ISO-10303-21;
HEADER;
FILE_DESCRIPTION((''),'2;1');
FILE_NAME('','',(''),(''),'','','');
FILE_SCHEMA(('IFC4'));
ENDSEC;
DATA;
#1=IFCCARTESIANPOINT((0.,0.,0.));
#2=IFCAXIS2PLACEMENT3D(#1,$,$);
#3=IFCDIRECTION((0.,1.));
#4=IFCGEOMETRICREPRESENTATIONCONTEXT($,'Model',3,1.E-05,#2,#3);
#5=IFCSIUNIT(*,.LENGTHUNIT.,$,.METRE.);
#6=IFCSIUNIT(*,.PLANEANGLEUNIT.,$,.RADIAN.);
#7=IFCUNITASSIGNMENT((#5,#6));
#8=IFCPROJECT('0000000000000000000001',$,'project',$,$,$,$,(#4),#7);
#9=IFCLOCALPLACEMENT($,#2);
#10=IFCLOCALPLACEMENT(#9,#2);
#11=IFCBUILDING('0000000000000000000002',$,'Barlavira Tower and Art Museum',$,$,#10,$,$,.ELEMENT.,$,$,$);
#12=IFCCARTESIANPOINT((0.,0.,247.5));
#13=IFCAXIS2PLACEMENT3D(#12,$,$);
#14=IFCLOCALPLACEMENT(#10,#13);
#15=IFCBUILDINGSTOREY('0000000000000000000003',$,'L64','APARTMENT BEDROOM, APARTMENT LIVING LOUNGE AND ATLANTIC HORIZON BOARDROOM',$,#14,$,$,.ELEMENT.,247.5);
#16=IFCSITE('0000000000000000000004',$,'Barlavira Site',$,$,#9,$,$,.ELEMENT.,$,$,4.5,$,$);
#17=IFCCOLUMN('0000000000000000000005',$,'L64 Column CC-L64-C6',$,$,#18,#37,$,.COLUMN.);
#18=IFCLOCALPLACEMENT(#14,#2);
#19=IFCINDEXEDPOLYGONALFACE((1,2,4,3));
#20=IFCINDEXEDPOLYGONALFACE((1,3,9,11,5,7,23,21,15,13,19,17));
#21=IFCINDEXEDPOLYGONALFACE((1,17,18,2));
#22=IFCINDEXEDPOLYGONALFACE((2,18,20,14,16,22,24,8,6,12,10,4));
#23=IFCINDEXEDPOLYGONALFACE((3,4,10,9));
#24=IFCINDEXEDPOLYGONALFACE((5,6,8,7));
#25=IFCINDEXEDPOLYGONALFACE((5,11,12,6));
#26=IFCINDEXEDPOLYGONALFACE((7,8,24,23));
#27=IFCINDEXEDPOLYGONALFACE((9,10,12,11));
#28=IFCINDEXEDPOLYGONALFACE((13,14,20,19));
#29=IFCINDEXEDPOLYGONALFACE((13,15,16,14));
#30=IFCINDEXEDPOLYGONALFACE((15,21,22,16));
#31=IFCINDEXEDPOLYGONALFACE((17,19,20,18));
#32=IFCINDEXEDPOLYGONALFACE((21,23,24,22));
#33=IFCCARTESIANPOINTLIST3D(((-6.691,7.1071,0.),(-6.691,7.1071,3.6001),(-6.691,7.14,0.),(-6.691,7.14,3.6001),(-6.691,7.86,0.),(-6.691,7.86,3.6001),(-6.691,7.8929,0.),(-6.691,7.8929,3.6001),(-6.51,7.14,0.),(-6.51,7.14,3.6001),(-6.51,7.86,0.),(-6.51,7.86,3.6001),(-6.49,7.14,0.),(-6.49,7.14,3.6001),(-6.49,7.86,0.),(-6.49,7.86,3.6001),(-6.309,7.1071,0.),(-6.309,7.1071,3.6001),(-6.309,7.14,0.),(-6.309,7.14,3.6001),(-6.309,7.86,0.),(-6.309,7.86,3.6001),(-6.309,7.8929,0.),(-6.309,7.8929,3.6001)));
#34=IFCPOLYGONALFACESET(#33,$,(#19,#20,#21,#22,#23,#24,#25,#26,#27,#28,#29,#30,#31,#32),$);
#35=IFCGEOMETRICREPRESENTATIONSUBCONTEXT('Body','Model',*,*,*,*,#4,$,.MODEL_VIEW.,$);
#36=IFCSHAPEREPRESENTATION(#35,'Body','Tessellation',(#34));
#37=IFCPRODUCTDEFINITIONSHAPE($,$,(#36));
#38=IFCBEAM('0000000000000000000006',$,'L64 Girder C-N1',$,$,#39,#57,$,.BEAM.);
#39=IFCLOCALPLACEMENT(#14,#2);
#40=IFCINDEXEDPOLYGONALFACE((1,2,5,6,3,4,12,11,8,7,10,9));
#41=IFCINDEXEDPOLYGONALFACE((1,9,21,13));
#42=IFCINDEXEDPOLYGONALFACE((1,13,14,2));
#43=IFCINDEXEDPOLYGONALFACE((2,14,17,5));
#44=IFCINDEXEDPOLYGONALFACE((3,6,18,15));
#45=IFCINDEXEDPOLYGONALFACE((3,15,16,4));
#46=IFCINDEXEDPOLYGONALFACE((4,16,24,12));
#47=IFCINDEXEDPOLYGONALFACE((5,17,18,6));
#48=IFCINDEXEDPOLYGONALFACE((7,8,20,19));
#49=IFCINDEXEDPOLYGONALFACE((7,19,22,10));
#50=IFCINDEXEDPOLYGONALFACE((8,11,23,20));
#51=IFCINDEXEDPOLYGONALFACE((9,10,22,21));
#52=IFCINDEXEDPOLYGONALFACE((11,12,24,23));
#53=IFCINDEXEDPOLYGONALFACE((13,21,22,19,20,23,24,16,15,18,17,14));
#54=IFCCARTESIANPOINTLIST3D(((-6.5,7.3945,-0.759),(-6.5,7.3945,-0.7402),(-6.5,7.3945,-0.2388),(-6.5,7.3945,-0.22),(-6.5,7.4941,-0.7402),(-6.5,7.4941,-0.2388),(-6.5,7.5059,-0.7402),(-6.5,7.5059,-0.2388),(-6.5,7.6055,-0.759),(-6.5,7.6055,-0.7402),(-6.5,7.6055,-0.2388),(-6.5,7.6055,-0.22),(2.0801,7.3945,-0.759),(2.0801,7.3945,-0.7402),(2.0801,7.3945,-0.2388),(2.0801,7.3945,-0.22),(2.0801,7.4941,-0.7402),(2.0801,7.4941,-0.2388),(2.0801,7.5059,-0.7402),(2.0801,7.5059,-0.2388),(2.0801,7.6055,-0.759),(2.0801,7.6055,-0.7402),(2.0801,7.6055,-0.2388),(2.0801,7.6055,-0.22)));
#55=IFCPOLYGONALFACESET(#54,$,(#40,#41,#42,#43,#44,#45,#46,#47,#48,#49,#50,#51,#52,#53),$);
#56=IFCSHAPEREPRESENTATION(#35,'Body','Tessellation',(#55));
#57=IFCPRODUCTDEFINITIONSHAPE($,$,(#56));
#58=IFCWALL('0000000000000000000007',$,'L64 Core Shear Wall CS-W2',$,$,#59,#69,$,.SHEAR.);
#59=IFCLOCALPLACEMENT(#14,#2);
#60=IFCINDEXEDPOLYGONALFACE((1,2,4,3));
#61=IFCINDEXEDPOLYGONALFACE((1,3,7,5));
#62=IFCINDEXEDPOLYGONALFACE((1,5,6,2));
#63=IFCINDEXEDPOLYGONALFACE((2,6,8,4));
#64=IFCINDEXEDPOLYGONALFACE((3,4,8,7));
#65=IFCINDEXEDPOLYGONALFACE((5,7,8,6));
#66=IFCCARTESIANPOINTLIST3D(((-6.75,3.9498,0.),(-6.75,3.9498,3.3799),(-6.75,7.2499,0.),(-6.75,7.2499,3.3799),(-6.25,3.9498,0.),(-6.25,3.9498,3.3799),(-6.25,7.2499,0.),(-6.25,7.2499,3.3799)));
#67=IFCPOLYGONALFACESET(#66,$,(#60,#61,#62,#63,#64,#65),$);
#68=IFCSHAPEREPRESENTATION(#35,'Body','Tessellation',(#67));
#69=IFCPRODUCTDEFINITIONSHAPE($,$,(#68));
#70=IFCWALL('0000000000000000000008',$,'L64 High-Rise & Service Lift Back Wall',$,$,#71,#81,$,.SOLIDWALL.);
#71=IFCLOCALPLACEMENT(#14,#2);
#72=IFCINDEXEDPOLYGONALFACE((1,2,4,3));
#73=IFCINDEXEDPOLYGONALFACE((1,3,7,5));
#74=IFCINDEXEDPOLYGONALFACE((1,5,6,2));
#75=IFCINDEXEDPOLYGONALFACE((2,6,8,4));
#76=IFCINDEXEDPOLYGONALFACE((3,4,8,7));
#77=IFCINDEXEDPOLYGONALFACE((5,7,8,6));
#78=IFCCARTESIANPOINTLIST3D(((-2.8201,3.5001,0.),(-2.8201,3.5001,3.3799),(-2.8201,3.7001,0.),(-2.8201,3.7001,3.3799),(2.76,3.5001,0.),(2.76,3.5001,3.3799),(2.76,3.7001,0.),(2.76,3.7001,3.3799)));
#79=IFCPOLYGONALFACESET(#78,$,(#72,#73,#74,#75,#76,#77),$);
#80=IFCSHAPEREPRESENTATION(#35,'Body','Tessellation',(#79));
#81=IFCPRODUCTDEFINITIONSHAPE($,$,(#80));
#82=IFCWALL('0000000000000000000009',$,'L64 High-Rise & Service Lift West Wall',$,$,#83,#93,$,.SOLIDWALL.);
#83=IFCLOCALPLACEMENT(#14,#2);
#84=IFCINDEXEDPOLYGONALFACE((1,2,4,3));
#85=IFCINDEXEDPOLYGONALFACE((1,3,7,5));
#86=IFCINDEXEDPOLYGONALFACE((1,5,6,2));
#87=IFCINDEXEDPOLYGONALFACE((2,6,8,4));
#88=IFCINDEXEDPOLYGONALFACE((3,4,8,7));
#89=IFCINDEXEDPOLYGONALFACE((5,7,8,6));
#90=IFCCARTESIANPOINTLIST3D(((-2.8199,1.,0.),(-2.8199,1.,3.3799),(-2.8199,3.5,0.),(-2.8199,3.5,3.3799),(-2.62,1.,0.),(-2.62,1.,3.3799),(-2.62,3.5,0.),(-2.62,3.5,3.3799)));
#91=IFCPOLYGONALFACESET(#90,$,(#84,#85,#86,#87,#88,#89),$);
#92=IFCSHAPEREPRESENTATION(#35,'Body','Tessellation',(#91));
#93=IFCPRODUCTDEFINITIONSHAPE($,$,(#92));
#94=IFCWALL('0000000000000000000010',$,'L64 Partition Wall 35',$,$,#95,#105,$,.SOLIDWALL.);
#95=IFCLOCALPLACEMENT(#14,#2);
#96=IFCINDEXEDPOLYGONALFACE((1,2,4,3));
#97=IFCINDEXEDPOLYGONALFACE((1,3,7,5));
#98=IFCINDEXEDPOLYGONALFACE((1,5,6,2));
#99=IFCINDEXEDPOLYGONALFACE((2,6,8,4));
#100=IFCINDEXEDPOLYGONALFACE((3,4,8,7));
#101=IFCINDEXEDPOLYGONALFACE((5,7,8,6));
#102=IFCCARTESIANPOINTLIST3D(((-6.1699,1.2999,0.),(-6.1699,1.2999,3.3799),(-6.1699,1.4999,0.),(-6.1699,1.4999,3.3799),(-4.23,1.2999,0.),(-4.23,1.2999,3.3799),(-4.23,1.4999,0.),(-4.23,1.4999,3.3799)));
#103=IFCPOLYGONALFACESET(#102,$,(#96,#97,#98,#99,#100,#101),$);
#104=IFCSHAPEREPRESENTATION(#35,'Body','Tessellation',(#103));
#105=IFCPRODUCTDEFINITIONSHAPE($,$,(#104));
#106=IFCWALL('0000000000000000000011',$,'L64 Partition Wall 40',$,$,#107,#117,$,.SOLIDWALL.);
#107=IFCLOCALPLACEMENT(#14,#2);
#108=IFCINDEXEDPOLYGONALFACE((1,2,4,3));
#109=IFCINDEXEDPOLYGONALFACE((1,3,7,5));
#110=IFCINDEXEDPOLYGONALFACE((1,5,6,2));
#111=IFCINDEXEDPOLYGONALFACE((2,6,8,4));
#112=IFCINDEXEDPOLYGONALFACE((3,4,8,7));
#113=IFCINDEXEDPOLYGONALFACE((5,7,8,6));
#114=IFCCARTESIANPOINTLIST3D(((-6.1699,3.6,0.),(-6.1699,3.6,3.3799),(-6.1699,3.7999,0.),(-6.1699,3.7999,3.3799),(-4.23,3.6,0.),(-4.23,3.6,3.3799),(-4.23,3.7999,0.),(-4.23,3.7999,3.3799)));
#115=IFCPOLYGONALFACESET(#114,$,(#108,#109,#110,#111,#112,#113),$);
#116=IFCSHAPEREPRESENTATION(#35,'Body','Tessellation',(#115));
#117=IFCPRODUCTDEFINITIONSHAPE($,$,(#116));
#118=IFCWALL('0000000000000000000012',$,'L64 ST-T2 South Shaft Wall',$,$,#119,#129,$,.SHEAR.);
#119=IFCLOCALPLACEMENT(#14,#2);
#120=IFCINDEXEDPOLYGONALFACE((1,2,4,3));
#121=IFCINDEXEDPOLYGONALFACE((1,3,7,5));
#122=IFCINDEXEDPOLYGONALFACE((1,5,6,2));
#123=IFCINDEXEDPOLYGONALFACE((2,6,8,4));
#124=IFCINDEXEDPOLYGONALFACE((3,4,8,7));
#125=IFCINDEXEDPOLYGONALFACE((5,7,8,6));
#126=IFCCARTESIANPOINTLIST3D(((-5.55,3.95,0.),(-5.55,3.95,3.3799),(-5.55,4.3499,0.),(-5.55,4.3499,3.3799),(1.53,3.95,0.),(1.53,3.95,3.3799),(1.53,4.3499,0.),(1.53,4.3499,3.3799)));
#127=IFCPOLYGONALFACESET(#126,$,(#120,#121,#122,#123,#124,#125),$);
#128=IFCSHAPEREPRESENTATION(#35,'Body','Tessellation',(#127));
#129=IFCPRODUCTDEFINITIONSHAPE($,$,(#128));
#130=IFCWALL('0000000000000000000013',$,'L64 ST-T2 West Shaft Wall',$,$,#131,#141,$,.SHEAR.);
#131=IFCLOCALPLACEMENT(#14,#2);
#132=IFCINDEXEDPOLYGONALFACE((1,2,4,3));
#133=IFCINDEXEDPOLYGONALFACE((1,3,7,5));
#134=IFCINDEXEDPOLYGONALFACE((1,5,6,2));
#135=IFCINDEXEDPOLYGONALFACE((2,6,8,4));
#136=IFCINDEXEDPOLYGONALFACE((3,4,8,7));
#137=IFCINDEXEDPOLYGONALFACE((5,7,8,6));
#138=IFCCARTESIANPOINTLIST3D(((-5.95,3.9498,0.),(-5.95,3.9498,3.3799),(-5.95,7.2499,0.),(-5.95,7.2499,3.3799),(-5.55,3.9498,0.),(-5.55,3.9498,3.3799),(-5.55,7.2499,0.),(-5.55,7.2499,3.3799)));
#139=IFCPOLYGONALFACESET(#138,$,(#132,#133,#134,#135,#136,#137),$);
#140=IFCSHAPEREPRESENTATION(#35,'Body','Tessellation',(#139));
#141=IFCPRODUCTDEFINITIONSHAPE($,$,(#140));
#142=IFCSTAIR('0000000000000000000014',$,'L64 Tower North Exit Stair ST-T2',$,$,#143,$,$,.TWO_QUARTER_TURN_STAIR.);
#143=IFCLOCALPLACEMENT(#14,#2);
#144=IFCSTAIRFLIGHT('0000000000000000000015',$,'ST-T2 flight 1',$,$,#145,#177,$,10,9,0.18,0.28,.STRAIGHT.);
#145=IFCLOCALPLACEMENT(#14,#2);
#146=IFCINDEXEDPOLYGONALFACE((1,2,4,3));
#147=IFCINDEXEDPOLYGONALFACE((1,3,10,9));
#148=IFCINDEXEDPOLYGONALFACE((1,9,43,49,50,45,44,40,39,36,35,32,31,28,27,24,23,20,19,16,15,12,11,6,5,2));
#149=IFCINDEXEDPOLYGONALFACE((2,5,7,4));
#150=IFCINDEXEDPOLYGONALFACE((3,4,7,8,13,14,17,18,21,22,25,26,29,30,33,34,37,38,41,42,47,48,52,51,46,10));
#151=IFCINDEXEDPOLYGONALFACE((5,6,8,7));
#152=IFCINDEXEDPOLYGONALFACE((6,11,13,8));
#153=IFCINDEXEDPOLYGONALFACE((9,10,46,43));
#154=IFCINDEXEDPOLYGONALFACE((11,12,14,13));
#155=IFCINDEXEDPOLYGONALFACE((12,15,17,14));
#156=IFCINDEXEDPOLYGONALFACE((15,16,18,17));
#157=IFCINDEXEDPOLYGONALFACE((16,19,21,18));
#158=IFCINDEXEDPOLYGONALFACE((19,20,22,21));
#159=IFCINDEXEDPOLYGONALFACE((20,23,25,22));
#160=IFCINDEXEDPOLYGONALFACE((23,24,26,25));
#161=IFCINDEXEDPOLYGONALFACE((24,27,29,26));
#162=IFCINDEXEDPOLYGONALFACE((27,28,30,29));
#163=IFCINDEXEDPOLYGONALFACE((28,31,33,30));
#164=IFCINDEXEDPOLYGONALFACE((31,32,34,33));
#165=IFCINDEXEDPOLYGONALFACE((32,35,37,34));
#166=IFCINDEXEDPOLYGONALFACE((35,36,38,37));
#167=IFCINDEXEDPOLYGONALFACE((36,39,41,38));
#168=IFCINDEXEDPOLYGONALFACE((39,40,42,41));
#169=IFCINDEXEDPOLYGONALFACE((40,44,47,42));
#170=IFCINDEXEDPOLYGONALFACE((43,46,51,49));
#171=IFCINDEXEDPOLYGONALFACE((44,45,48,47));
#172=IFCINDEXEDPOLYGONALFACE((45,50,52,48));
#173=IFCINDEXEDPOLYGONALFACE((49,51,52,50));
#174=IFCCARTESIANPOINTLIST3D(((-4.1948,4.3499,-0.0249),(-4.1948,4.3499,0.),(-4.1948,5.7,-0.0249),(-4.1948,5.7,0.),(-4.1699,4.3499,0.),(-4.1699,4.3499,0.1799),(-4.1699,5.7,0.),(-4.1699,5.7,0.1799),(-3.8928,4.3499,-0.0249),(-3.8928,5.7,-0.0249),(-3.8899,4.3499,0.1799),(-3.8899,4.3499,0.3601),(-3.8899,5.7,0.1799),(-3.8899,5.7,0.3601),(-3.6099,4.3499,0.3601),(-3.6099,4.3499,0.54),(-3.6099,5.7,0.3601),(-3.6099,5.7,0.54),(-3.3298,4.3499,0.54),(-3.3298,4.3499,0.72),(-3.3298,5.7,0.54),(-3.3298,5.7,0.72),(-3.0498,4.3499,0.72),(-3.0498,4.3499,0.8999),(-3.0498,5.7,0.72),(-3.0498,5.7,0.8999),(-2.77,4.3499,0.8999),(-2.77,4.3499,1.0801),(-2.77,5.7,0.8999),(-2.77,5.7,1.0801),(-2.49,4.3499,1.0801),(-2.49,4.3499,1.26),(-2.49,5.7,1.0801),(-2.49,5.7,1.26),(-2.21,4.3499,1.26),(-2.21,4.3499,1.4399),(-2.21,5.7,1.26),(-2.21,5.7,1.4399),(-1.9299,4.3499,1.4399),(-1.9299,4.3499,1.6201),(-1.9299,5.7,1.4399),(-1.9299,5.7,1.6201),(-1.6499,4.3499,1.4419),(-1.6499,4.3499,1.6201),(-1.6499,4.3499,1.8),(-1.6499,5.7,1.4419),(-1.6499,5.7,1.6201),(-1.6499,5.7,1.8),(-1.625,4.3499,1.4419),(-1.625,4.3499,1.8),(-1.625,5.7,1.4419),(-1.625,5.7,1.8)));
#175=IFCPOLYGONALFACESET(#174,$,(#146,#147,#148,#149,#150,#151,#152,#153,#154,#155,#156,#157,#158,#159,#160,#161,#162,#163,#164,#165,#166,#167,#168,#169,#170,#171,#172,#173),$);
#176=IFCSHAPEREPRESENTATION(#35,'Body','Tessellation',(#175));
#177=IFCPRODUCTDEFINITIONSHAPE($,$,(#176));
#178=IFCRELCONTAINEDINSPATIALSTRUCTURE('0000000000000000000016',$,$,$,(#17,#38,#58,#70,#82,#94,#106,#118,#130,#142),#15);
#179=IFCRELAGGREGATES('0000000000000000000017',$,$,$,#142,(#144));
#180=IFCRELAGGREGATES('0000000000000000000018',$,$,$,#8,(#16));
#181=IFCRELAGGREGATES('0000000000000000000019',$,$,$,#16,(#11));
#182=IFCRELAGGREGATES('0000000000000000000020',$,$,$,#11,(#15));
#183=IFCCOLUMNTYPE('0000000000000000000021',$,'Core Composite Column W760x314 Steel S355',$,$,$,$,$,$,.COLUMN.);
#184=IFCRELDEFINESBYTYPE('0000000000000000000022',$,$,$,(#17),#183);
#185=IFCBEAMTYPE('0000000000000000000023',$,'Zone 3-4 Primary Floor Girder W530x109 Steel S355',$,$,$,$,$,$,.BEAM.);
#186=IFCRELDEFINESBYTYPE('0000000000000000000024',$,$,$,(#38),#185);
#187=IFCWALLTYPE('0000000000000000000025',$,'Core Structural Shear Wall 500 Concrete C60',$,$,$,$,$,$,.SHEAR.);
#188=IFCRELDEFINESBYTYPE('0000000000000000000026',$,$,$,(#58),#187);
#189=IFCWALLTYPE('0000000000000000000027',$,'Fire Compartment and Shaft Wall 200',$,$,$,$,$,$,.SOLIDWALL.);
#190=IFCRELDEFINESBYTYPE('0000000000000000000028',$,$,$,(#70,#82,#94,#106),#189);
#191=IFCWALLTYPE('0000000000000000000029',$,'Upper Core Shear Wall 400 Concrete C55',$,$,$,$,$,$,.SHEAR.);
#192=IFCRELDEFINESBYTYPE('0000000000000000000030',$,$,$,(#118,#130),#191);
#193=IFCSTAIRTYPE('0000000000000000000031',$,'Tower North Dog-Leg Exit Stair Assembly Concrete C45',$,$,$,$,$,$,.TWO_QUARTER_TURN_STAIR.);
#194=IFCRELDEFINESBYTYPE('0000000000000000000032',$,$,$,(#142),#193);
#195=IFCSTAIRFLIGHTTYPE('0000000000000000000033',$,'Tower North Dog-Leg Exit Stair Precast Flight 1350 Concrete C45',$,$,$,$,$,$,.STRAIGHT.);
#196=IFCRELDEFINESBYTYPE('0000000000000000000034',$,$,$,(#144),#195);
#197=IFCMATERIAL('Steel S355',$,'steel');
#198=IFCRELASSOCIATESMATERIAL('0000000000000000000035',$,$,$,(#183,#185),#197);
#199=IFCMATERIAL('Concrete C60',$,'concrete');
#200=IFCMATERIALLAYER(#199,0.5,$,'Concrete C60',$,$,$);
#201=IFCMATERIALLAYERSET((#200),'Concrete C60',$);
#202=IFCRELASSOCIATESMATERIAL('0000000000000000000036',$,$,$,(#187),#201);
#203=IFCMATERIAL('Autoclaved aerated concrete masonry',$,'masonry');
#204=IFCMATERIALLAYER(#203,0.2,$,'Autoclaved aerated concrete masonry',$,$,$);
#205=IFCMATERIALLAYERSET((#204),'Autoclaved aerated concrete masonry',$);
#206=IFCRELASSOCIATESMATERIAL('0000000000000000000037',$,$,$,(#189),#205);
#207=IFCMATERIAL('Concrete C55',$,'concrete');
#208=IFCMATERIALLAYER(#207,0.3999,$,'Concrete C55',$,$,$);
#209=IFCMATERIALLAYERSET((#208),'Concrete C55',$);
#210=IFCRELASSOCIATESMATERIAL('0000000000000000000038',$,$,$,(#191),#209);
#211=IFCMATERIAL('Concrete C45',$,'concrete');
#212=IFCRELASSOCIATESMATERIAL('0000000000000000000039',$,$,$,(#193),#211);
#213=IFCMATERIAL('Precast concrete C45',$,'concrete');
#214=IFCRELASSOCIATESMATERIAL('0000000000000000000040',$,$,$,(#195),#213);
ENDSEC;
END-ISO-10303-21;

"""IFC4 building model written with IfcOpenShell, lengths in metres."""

from ifc_helpers import new_model, si_unit, direction, frame, frame_2d, origin, origin_2d, place, context, subcontext, project, spatial, polyline, rectangle, i_section, outline, extrude, material, layer, layer_set, material_profile, profile_set, type_object, element, aggregate, save


model = new_model("IFC4")

# Units and contexts
model_context = context("Model", 3, precision=1e-05, world=origin(), true_north=direction((0.0, 1.0)))
body_context = subcontext(model_context, "Body", "Model", "MODEL_VIEW")
ifc_project = project(units=[si_unit("LENGTHUNIT", "METRE"), si_unit("PLANEANGLEUNIT", "RADIAN")], contexts=[model_context])

# Site, building, storey
site_placement = place(None, origin())
site = spatial("IfcSite", under=ifc_project, at=site_placement, Name="Barlavira Site", CompositionType="ELEMENT", RefElevation=4.5)
building_placement = place(site_placement, origin())
building = spatial("IfcBuilding", under=site, at=building_placement, Name="Barlavira Tower and Art Museum", CompositionType="ELEMENT")
storey_placement = place(building_placement, frame((0.0, 0.0, 247.5)))
storey = spatial("IfcBuildingStorey", under=building, at=storey_placement, Name="L64", Description="APARTMENT BEDROOM, APARTMENT LIVING LOUNGE AND ATLANTIC HORIZON BOARDROOM", CompositionType="ELEMENT", Elevation=247.5)

# Column
ifc_material_1 = material(Name="Steel S355", Category="steel")
ifc_material_profile_1 = material_profile(ifc_material_1, i_section(OverallWidth=0.3821, OverallDepth=0.7859, WebThickness=0.02, FlangeThickness=0.033, at=origin_2d()), Name="W760x314.0")
ifc_profile_set_1 = profile_set([ifc_material_profile_1], Name="Steel S355")
column_type = type_object("IfcColumnType", Name="Core Composite Column W760x314 Steel S355", PredefinedType="COLUMN", material=ifc_profile_set_1)
column_placement = place(storey_placement, frame((-6.5, 7.5, 0.0), z_axis=(0.0, 0.0, 1.0), x_axis=(1.0, 0.0, 0.0)))
element("IfcColumn", 1, at=column_placement, inside=storey, type_object=column_type, Name="L64 Column CC-L64-C6", PredefinedType="COLUMN", context=body_context, shape_type="SweptSolid", body=[
    extrude(i_section(OverallWidth=0.3821, OverallDepth=0.7859, WebThickness=0.02, FlangeThickness=0.033, at=origin_2d()), origin(), (0.0, 0.0, 1.0), 3.6001),
])

# Beam
ifc_material_profile_2 = material_profile(ifc_material_1, i_section(OverallWidth=0.2109, OverallDepth=0.5391, WebThickness=0.0117, FlangeThickness=0.0188, at=origin_2d()), Name="W530x109.0")
ifc_profile_set_2 = profile_set([ifc_material_profile_2], Name="Steel S355")
beam_type = type_object("IfcBeamType", Name="Zone 3-4 Primary Floor Girder W530x109 Steel S355", PredefinedType="BEAM", material=ifc_profile_set_2)
beam_placement = place(storey_placement, frame((-6.5, 7.5, -0.4895), z_axis=(1.0, 0.0, 0.0), x_axis=(0.0, 1.0, 0.0)))
element("IfcBeam", 2, at=beam_placement, inside=storey, type_object=beam_type, Name="L64 Girder C-N1", PredefinedType="BEAM", context=body_context, shape_type="SweptSolid", body=[
    extrude(i_section(OverallWidth=0.2109, OverallDepth=0.5391, WebThickness=0.0117, FlangeThickness=0.0188, at=origin_2d()), origin(), (0.0, 0.0, 1.0), 8.5801),
])

# Shared definitions
ifc_material_2 = material(Name="Concrete C60", Category="concrete")
ifc_layer_1 = layer(ifc_material_2, 0.5, Name="Concrete C60")
ifc_layer_set_1 = layer_set([ifc_layer_1], Name="Concrete C60")
wall_type_1 = type_object("IfcWallType", Name="Core Structural Shear Wall 500 Concrete C60", PredefinedType="SHEAR", material=ifc_layer_set_1)

# Wall
wall_1_placement = place(storey_placement, frame((-6.5, 3.95, 0.0), z_axis=(0.0, 0.0, 1.0), x_axis=(0.0, 1.0, 0.0)))
element("IfcWall", 3, at=wall_1_placement, inside=storey, type_object=wall_type_1, Name="L64 Core Shear Wall CS-W2", PredefinedType="SHEAR", context=body_context, shape_type="SweptSolid", body=[
    extrude(rectangle(XDim=3.3, YDim=0.5, at=frame_2d((1.6499, 0.0))), origin(), (0.0, 0.0, 1.0), 3.3799),
])

# Shared definitions
ifc_material_3 = material(Name="Autoclaved aerated concrete masonry", Category="masonry")
ifc_layer_2 = layer(ifc_material_3, 0.2, Name="Autoclaved aerated concrete masonry")
ifc_layer_set_2 = layer_set([ifc_layer_2], Name="Autoclaved aerated concrete masonry")
wall_type_2 = type_object("IfcWallType", Name="Fire Compartment and Shaft Wall 200", PredefinedType="SOLIDWALL", material=ifc_layer_set_2)

# Walls
wall_2_placement = place(storey_placement, frame((-2.8201, 3.6001, 0.0), z_axis=(0.0, 0.0, 1.0), x_axis=(1.0, 0.0, 0.0)))
element("IfcWall", 4, at=wall_2_placement, inside=storey, type_object=wall_type_2, Name="L64 High-Rise & Service Lift Back Wall", PredefinedType="SOLIDWALL", context=body_context, shape_type="SweptSolid", body=[
    extrude(rectangle(XDim=5.5801, YDim=0.2, at=frame_2d((2.79, 0.0))), origin(), (0.0, 0.0, 1.0), 3.3799),
])
wall_3_placement = place(storey_placement, frame((-2.72, 1.0, 0.0), z_axis=(0.0, 0.0, 1.0), x_axis=(0.0, 1.0, 0.0)))
element("IfcWall", 5, at=wall_3_placement, inside=storey, type_object=wall_type_2, Name="L64 High-Rise & Service Lift West Wall", PredefinedType="SOLIDWALL", context=body_context, shape_type="SweptSolid", body=[
    extrude(rectangle(XDim=2.5, YDim=0.2, at=frame_2d((1.25, 0.0))), origin(), (0.0, 0.0, 1.0), 3.3799),
])
for number, where, z_axis, x_axis, name in (
    (6, (-6.1699, 1.3999, 0.0), (0.0, 0.0, 1.0), (1.0, 0.0, 0.0), "L64 Partition Wall 35"),
    (7, (-6.1699, 3.7, 0.0), (0.0, 0.0, 1.0), (1.0, 0.0, 0.0), "L64 Partition Wall 40"),
):
    element("IfcWall", number, at=place(storey_placement, frame(where, z_axis=z_axis, x_axis=x_axis)), inside=storey, type_object=wall_type_2, Name=name, PredefinedType="SOLIDWALL", context=body_context, shape_type="SweptSolid", body=[
        extrude(rectangle(XDim=1.9399, YDim=0.2, at=frame_2d((0.97, 0.0))), origin(), (0.0, 0.0, 1.0), 3.3799),
    ])
ifc_material_4 = material(Name="Concrete C55", Category="concrete")
ifc_layer_3 = layer(ifc_material_4, 0.3999, Name="Concrete C55")
ifc_layer_set_3 = layer_set([ifc_layer_3], Name="Concrete C55")
wall_type_3 = type_object("IfcWallType", Name="Upper Core Shear Wall 400 Concrete C55", PredefinedType="SHEAR", material=ifc_layer_set_3)
wall_4_placement = place(storey_placement, frame((-5.55, 4.1499, 0.0), z_axis=(0.0, 0.0, 1.0), x_axis=(1.0, 0.0, 0.0)))
element("IfcWall", 8, at=wall_4_placement, inside=storey, type_object=wall_type_3, Name="L64 ST-T2 South Shaft Wall", PredefinedType="SHEAR", context=body_context, shape_type="SweptSolid", body=[
    extrude(rectangle(XDim=7.0801, YDim=0.3999, at=frame_2d((3.54, 0.0))), origin(), (0.0, 0.0, 1.0), 3.3799),
])
wall_5_placement = place(storey_placement, frame((-5.75, 3.95, 0.0), z_axis=(0.0, 0.0, 1.0), x_axis=(0.0, 1.0, 0.0)))
element("IfcWall", 9, at=wall_5_placement, inside=storey, type_object=wall_type_3, Name="L64 ST-T2 West Shaft Wall", PredefinedType="SHEAR", context=body_context, shape_type="SweptSolid", body=[
    extrude(rectangle(XDim=3.3, YDim=0.3999, at=frame_2d((1.6499, 0.0))), origin(), (0.0, 0.0, 1.0), 3.3799),
])

# Stair, stair flight
ifc_material_5 = material(Name="Concrete C45", Category="concrete")
stair_type = type_object("IfcStairType", Name="Tower North Dog-Leg Exit Stair Assembly Concrete C45", PredefinedType="TWO_QUARTER_TURN_STAIR", material=ifc_material_5)
stair_placement = place(storey_placement, origin())
stair = element("IfcStair", 10, at=stair_placement, inside=storey, type_object=stair_type, Name="L64 Tower North Exit Stair ST-T2", PredefinedType="TWO_QUARTER_TURN_STAIR")
ifc_material_6 = material(Name="Precast concrete C45", Category="concrete")
stair_flight_type = type_object("IfcStairFlightType", Name="Tower North Dog-Leg Exit Stair Precast Flight 1350 Concrete C45", PredefinedType="STRAIGHT", material=ifc_material_6)
stair_flight_1_placement = place(storey_placement, frame((-4.1699, 5.0249, 0.0), z_axis=(0.0, 0.0, 1.0), x_axis=(1.0, 0.0, 0.0)))
stair_flight_1 = element("IfcStairFlight", 11, at=stair_flight_1_placement, type_object=stair_flight_type, Name="ST-T2 flight 1", NumberOfRisers=10, NumberOfTreads=9, PredefinedType="STRAIGHT", RiserHeight=0.18, TreadLength=0.28, context=body_context, shape_type="SweptSolid", body=[
    extrude(outline(polyline([(-0.0249, 0.0), (0.0, 0.0), (0.0, 0.1799), (0.28, 0.1799), (0.28, 0.3601), (0.5601, 0.3601), (0.5601, 0.54), (0.8401, 0.54), (0.8401, 0.72), (1.1201, 0.72), (1.1201, 0.8999), (1.3999, 0.8999), (1.3999, 1.0801), (1.6799, 1.0801), (1.6799, 1.26), (1.96, 1.26), (1.96, 1.4399), (2.24, 1.4399), (2.24, 1.6201), (2.52, 1.6201), (2.52, 1.8), (2.5449, 1.8), (2.5449, 1.4419), (2.52, 1.4419), (0.2771, -0.0249), (-0.0249, -0.0249), (-0.0249, 0.0)])), frame((0.0, 0.675, 0.0), z_axis=(0.0, -1.0, 0.0), x_axis=(1.0, 0.0, 0.0)), (0.0, 0.0, 1.0), 1.3501),
])
aggregate(stair, [stair_flight_1])

save(model, "model.ifc")
